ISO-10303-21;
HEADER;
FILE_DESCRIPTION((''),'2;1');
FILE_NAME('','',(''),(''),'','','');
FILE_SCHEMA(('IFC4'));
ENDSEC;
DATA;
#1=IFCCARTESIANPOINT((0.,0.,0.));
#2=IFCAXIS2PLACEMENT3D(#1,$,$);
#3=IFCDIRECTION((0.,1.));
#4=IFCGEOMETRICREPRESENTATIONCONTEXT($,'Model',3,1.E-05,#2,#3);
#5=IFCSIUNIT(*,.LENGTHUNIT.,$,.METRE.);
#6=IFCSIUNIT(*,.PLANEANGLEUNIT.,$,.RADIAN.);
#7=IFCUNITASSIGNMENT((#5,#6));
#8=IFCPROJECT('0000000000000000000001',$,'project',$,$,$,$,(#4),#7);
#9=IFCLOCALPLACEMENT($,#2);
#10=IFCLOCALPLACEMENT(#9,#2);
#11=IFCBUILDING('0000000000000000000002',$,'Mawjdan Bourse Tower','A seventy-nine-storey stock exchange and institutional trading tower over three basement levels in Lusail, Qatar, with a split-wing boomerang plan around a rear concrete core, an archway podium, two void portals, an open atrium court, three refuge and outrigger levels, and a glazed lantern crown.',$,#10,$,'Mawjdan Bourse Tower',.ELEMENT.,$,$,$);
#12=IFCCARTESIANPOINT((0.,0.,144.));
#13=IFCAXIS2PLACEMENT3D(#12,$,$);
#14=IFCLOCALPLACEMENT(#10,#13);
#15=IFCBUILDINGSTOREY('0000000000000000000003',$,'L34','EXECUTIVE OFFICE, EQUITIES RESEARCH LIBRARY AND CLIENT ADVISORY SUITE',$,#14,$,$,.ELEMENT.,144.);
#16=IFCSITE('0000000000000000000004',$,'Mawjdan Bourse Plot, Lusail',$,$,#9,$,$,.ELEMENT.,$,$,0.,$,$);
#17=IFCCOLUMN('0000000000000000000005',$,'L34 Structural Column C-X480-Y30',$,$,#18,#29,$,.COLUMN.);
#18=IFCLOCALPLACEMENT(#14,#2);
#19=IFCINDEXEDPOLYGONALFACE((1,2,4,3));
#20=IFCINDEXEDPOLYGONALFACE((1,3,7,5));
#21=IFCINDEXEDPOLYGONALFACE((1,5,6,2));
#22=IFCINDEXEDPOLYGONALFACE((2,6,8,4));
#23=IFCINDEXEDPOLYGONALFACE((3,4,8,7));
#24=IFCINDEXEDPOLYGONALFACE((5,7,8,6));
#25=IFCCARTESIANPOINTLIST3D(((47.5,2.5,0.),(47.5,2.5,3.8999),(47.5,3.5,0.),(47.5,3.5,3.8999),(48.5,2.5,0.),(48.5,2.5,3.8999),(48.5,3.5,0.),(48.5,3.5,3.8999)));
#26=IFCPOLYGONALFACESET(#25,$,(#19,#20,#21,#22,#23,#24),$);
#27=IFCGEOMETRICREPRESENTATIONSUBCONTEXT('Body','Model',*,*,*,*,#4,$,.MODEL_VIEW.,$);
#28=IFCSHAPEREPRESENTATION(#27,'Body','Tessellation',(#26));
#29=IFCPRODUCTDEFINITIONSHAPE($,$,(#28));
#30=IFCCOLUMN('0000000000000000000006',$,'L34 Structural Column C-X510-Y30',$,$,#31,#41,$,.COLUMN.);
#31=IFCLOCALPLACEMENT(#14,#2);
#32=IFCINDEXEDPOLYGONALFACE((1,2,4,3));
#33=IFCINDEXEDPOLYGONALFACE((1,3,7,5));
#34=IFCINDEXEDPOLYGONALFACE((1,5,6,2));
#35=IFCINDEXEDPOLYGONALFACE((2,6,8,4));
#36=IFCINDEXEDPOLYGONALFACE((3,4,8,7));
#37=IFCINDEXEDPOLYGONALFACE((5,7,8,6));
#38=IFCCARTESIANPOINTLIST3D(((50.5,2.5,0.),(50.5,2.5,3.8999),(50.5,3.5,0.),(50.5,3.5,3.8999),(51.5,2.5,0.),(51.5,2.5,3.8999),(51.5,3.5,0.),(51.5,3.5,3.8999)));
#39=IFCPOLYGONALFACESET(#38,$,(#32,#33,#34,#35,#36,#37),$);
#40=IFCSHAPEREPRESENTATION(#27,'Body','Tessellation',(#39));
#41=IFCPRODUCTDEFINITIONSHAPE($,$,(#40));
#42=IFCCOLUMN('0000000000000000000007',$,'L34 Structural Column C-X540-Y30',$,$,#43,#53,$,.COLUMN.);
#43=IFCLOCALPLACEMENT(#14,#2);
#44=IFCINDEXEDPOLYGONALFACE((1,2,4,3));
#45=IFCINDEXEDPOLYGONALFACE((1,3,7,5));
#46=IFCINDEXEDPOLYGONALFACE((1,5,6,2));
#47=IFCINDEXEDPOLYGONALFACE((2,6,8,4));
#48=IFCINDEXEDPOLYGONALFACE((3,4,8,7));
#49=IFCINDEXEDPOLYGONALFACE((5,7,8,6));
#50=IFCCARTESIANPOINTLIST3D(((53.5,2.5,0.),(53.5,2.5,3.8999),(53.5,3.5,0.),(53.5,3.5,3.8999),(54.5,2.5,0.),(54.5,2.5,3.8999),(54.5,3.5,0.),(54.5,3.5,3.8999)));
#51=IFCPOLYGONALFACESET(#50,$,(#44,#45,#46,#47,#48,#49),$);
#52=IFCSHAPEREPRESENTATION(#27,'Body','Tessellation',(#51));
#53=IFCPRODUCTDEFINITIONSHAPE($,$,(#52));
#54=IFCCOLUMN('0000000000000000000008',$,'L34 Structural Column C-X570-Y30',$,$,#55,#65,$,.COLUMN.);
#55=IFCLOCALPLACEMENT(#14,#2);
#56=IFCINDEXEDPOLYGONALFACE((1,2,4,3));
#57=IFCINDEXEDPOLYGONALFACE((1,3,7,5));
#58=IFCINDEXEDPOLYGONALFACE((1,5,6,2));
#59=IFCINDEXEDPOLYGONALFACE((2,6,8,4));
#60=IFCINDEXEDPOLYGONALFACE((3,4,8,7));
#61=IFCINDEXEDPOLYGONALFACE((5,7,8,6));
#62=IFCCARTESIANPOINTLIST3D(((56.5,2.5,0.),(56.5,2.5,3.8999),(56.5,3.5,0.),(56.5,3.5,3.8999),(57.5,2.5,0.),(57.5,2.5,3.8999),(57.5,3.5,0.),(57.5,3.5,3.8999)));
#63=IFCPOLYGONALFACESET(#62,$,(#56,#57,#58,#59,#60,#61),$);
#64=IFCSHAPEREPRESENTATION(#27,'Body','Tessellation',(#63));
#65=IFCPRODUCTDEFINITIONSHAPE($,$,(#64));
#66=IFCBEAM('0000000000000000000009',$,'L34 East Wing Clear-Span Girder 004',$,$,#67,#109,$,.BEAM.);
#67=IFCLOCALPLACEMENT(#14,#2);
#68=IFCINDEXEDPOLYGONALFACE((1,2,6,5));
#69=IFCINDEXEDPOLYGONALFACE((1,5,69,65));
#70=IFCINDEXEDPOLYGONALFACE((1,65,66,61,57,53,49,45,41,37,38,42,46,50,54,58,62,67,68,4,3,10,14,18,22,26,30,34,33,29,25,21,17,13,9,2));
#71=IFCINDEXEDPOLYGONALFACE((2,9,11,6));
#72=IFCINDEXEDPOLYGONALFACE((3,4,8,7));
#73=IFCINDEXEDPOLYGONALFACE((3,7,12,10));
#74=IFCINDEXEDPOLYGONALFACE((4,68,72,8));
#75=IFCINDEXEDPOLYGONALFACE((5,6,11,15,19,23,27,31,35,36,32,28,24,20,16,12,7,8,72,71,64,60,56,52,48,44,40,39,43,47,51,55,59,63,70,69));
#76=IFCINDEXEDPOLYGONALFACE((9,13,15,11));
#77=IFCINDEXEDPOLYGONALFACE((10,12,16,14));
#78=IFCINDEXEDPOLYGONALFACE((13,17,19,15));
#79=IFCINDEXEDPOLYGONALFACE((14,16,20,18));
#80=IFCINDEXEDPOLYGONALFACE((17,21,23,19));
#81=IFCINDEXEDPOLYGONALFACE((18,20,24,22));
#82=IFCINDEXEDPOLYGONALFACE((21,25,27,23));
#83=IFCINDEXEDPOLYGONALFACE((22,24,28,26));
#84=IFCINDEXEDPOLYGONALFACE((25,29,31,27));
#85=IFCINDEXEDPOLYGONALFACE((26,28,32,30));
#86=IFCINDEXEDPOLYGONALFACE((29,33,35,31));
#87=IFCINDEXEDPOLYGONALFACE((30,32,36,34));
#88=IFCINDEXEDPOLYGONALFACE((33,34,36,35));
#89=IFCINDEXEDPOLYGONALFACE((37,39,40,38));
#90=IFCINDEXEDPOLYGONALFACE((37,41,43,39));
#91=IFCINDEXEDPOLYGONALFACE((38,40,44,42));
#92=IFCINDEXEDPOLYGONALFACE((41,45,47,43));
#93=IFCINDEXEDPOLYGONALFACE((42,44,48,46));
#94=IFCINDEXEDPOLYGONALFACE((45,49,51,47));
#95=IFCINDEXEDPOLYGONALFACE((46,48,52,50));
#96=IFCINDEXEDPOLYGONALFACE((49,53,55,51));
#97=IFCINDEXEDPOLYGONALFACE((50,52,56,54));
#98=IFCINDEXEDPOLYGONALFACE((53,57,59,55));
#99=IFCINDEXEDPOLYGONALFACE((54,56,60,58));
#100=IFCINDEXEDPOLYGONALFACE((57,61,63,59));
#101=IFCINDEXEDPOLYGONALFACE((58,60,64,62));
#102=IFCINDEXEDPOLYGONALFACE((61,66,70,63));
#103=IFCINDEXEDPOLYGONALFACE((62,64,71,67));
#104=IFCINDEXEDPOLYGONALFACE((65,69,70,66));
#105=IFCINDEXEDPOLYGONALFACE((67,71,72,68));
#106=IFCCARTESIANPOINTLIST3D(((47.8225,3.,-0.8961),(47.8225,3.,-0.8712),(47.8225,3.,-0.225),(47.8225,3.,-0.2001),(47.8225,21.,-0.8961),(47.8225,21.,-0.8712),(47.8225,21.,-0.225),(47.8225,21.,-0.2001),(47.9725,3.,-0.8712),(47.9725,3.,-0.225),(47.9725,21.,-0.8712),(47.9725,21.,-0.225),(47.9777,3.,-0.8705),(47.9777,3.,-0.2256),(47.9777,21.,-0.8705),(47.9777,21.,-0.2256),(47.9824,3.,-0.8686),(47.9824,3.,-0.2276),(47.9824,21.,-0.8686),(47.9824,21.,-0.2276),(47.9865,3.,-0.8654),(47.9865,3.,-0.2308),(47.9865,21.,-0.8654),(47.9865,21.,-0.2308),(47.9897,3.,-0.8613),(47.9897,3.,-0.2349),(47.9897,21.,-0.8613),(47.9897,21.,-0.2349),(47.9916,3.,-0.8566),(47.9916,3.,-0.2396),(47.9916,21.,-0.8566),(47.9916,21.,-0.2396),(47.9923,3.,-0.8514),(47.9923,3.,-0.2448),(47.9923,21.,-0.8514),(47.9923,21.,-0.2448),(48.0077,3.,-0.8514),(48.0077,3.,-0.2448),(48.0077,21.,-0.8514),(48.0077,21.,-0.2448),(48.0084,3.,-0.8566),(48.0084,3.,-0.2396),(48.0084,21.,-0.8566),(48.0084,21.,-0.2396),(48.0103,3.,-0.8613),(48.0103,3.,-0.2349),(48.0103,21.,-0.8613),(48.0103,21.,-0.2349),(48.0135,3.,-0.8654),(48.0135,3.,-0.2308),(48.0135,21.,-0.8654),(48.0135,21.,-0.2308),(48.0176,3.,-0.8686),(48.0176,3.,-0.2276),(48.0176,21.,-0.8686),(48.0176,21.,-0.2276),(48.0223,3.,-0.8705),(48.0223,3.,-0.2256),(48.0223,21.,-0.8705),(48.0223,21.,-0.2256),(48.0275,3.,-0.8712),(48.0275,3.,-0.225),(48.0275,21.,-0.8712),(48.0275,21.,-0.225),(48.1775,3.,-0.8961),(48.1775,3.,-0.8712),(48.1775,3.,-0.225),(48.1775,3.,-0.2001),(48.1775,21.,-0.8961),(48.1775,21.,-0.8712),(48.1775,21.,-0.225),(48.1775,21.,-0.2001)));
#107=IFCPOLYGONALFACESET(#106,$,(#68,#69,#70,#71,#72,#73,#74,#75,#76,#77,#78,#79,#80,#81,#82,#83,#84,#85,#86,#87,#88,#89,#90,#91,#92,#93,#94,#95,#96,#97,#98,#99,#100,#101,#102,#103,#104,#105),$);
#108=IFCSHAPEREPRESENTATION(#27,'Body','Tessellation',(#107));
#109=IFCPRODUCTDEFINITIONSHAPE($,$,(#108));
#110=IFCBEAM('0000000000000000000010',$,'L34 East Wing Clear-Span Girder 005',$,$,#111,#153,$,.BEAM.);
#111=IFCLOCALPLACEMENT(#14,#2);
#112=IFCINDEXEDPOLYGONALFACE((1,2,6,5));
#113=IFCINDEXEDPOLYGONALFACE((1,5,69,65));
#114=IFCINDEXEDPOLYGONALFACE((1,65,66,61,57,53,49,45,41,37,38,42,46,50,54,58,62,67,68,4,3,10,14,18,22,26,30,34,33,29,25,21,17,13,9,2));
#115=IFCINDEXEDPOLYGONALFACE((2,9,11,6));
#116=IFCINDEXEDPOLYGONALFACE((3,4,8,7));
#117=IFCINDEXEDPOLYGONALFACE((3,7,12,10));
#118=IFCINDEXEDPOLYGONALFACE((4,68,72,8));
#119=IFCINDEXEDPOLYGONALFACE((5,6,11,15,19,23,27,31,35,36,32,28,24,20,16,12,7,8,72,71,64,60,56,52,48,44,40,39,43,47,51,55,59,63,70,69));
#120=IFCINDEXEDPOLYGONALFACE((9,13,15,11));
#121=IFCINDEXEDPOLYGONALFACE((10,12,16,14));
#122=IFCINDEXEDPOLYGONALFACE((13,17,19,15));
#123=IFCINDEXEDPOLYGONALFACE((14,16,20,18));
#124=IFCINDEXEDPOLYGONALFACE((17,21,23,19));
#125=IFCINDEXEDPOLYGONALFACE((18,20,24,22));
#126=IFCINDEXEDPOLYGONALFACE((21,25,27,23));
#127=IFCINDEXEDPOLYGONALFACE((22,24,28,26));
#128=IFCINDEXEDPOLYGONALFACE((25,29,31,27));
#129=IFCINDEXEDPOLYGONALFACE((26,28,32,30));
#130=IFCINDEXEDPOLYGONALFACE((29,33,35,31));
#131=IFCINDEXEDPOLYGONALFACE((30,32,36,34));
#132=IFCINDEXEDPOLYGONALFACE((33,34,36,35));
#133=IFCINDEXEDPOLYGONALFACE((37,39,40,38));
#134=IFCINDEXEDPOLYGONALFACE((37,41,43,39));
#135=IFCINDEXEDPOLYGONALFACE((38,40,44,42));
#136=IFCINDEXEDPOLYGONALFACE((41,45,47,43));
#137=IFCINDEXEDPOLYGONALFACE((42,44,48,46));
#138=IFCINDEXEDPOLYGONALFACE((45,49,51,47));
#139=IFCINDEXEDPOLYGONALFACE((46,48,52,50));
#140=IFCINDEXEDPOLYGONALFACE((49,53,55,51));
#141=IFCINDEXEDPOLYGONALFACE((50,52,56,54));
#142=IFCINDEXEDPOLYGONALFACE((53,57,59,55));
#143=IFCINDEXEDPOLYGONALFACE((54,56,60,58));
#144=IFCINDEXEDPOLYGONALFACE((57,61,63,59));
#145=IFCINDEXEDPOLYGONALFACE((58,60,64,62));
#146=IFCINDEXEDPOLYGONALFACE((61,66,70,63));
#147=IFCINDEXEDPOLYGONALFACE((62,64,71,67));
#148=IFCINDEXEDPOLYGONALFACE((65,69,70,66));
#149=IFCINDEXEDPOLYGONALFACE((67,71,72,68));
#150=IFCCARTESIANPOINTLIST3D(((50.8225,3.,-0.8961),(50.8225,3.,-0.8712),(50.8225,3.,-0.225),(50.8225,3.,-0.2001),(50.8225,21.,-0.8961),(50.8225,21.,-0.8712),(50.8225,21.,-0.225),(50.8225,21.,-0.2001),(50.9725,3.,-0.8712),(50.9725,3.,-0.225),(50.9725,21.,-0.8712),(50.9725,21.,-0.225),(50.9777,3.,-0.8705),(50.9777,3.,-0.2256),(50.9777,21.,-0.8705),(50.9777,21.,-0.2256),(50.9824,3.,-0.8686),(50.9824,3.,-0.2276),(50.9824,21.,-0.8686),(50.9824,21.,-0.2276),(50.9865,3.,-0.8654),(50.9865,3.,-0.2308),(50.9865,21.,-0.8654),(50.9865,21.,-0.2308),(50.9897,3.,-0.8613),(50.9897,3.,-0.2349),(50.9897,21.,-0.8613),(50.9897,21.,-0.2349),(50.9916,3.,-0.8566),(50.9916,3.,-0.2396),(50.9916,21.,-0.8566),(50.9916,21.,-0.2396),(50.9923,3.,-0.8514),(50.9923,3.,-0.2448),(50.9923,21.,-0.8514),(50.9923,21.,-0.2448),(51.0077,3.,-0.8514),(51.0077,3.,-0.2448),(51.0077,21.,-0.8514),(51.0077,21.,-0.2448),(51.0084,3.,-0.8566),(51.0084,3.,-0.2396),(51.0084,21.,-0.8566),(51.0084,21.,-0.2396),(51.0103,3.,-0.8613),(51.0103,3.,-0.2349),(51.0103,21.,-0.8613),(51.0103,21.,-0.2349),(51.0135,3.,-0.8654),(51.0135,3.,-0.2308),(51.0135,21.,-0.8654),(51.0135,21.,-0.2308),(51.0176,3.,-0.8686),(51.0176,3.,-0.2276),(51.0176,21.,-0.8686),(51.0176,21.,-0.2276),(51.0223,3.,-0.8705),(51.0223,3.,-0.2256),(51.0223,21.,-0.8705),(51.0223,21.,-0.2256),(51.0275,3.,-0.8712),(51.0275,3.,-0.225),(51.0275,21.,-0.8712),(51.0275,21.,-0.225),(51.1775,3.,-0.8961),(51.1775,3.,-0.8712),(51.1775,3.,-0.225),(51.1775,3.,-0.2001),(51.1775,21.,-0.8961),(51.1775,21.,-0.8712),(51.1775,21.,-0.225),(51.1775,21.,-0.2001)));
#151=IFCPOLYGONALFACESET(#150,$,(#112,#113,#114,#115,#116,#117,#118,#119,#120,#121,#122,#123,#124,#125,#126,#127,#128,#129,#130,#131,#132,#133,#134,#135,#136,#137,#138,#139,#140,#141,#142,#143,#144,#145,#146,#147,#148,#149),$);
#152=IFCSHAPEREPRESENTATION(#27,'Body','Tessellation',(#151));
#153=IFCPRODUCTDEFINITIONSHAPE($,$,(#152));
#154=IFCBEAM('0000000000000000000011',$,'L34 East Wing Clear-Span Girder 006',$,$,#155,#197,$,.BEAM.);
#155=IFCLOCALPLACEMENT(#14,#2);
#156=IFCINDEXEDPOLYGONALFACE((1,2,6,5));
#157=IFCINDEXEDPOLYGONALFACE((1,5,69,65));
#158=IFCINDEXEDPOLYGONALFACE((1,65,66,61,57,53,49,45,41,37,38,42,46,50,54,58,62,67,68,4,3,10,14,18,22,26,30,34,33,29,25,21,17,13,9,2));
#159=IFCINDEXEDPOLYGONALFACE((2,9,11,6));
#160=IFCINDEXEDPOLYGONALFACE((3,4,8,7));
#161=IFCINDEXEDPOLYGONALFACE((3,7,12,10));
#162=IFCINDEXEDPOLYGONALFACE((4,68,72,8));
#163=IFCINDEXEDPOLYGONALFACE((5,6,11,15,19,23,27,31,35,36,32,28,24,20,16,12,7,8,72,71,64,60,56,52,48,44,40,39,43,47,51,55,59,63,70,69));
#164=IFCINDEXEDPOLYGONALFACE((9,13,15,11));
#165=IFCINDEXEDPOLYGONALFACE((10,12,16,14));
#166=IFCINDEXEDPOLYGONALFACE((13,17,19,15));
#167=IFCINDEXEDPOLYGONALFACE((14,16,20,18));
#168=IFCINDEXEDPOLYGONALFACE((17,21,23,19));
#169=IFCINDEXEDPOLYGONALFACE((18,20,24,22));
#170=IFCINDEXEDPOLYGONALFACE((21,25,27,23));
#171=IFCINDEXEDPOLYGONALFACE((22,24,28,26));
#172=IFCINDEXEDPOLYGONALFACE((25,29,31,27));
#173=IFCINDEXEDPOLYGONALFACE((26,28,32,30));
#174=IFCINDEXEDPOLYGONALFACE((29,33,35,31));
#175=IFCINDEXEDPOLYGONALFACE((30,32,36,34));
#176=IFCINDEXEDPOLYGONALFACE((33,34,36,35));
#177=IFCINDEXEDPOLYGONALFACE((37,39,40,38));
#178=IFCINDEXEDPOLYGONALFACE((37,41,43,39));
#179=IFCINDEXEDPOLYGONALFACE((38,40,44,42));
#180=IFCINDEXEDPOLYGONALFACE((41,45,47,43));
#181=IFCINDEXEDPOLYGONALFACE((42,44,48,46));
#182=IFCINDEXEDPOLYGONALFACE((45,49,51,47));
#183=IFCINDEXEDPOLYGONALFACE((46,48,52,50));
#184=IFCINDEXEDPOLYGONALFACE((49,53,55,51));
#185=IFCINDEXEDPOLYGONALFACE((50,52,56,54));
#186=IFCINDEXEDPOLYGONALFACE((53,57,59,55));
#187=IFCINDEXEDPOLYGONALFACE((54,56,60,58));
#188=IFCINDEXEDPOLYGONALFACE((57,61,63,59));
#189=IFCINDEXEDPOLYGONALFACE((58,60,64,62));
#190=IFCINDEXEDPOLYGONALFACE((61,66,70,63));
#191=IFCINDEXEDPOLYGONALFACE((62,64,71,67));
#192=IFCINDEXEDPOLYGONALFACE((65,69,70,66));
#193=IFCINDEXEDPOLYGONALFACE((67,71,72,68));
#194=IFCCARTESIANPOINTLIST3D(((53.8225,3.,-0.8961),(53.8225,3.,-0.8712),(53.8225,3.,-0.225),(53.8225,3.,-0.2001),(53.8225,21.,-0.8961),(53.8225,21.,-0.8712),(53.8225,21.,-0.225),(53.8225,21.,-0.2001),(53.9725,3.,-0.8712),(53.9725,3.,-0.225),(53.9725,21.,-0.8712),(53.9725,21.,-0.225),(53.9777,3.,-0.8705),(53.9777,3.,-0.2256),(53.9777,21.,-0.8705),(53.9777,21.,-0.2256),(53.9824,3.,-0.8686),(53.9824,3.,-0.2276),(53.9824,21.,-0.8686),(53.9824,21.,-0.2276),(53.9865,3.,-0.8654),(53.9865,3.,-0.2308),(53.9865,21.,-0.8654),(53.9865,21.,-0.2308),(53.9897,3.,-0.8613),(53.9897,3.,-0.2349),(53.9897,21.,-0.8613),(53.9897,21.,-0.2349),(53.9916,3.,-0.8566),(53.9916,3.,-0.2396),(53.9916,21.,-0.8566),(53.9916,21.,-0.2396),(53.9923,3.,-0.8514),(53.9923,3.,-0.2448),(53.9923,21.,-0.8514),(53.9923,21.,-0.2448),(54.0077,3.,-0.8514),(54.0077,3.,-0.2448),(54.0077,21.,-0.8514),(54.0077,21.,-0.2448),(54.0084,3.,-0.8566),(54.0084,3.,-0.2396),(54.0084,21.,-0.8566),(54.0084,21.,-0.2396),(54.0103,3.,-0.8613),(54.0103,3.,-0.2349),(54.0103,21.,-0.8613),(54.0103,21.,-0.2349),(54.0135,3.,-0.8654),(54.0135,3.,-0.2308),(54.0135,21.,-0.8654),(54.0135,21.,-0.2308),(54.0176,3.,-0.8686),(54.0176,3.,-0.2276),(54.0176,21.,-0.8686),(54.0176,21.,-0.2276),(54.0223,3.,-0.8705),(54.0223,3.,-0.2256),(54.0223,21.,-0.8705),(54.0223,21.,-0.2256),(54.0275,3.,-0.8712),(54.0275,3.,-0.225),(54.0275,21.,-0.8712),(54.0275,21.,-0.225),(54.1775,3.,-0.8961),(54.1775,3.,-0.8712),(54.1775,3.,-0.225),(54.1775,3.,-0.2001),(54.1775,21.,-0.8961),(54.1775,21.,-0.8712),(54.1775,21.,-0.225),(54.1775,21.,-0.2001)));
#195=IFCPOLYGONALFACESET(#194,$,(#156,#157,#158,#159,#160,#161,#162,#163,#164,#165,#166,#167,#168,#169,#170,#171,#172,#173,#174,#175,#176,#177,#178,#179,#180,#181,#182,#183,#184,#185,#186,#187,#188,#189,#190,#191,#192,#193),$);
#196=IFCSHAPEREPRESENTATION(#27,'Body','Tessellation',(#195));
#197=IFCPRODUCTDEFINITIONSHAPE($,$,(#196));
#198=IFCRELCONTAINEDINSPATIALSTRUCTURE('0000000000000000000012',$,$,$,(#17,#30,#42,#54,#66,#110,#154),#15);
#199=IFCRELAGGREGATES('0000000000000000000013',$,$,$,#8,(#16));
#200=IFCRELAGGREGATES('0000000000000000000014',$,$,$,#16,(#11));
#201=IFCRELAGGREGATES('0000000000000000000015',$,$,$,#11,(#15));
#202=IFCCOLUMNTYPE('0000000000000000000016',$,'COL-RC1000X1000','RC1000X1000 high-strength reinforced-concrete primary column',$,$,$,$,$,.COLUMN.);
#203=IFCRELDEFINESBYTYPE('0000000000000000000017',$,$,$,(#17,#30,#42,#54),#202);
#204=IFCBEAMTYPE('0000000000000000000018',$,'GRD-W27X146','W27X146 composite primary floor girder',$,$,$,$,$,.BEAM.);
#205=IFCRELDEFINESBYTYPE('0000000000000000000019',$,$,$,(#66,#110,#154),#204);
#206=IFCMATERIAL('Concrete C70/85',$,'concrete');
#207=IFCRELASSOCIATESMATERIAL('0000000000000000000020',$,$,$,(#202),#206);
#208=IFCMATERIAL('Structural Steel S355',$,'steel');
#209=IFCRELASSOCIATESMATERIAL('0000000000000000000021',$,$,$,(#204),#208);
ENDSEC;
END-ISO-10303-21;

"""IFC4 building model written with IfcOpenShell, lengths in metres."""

from ifc_helpers import new_model, si_unit, direction, frame, origin, origin_2d, place, context, subcontext, project, spatial, rectangle, i_section, extrude, material, material_profile, profile_set, type_object, element, save


model = new_model("IFC4")

# Units and contexts
model_context = context("Model", 3, precision=1e-05, world=origin(), true_north=direction((0.0, 1.0)))
body_context = subcontext(model_context, "Body", "Model", "MODEL_VIEW")
ifc_project = project(units=[si_unit("LENGTHUNIT", "METRE"), si_unit("PLANEANGLEUNIT", "RADIAN")], contexts=[model_context])

# Site, building, storey
site_placement = place(None, origin())
site = spatial("IfcSite", under=ifc_project, at=site_placement, Name="Mawjdan Bourse Plot, Lusail", CompositionType="ELEMENT", RefElevation=0.0)
building_placement = place(site_placement, origin())
building = spatial("IfcBuilding", under=site, at=building_placement, Name="Mawjdan Bourse Tower", Description="A seventy-nine-storey stock exchange and institutional trading tower over three basement levels in Lusail, Qatar, with a split-wing boomerang plan around a rear concrete core, an archway podium, two void portals, an open atrium court, three refuge and outrigger levels, and a glazed lantern crown.", LongName="Mawjdan Bourse Tower", CompositionType="ELEMENT")
storey_placement = place(building_placement, frame((0.0, 0.0, 144.0)))
storey = spatial("IfcBuildingStorey", under=building, at=storey_placement, Name="L34", Description="EXECUTIVE OFFICE, EQUITIES RESEARCH LIBRARY AND CLIENT ADVISORY SUITE", CompositionType="ELEMENT", Elevation=144.0)

# Columns
ifc_material_1 = material(Name="Concrete C70/85", Category="concrete")
ifc_material_profile_1 = material_profile(ifc_material_1, rectangle(XDim=1.0, YDim=1.0, at=origin_2d()), Name="RC1000X1000")
ifc_profile_set_1 = profile_set([ifc_material_profile_1], Name="Concrete C70/85")
column_type = type_object("IfcColumnType", Name="COL-RC1000X1000", Description="RC1000X1000 high-strength reinforced-concrete primary column", PredefinedType="COLUMN", material=ifc_profile_set_1)
for number, where, z_axis, x_axis, name in (
    (1, (48.0, 3.0, 0.0), (0.0, 0.0, 1.0), (1.0, 0.0, 0.0), "L34 Structural Column C-X480-Y30"),
    (2, (51.0, 3.0, 0.0), (0.0, 0.0, 1.0), (1.0, 0.0, 0.0), "L34 Structural Column C-X510-Y30"),
    (3, (54.0, 3.0, 0.0), (0.0, 0.0, 1.0), (1.0, 0.0, 0.0), "L34 Structural Column C-X540-Y30"),
    (4, (57.0, 3.0, 0.0), (0.0, 0.0, 1.0), (1.0, 0.0, 0.0), "L34 Structural Column C-X570-Y30"),
):
    element("IfcColumn", number, at=place(storey_placement, frame(where, z_axis=z_axis, x_axis=x_axis)), inside=storey, type_object=column_type, Name=name, PredefinedType="COLUMN", context=body_context, shape_type="SweptSolid", body=[
        extrude(rectangle(XDim=1.0, YDim=1.0, at=origin_2d()), origin(), (0.0, 0.0, 1.0), 3.8999),
    ])

# Beams
ifc_material_2 = material(Name="Structural Steel S355", Category="steel")
ifc_material_profile_2 = material_profile(ifc_material_2, i_section(OverallWidth=0.355, OverallDepth=0.696, WebThickness=0.0154, FlangeThickness=0.0249, FilletRadius=0.0198, at=origin_2d()), Name="W27X146")
ifc_profile_set_2 = profile_set([ifc_material_profile_2], Name="Structural Steel S355")
beam_type_1 = type_object("IfcBeamType", Name="GRD-W27X146", Description="W27X146 composite primary floor girder", PredefinedType="BEAM", material=ifc_profile_set_2)
for number, where, z_axis, x_axis, name in (
    (5, (48.0, 3.0, -0.5481), (0.0, 1.0, 0.0), (-1.0, 0.0, 0.0), "L34 East Wing Clear-Span Girder 004"),
    (6, (51.0, 3.0, -0.5481), (0.0, 1.0, 0.0), (-1.0, 0.0, 0.0), "L34 East Wing Clear-Span Girder 005"),
    (7, (54.0, 3.0, -0.5481), (0.0, 1.0, 0.0), (-1.0, 0.0, 0.0), "L34 East Wing Clear-Span Girder 006"),
):
    element("IfcBeam", number, at=place(storey_placement, frame(where, z_axis=z_axis, x_axis=x_axis)), inside=storey, type_object=beam_type_1, Name=name, PredefinedType="BEAM", context=body_context, shape_type="SweptSolid", body=[
        extrude(i_section(OverallWidth=0.355, OverallDepth=0.696, WebThickness=0.0154, FlangeThickness=0.0249, FilletRadius=0.0198, at=origin_2d()), origin(), (0.0, 0.0, 1.0), 18.0),
    ])

save(model, "model.ifc")
